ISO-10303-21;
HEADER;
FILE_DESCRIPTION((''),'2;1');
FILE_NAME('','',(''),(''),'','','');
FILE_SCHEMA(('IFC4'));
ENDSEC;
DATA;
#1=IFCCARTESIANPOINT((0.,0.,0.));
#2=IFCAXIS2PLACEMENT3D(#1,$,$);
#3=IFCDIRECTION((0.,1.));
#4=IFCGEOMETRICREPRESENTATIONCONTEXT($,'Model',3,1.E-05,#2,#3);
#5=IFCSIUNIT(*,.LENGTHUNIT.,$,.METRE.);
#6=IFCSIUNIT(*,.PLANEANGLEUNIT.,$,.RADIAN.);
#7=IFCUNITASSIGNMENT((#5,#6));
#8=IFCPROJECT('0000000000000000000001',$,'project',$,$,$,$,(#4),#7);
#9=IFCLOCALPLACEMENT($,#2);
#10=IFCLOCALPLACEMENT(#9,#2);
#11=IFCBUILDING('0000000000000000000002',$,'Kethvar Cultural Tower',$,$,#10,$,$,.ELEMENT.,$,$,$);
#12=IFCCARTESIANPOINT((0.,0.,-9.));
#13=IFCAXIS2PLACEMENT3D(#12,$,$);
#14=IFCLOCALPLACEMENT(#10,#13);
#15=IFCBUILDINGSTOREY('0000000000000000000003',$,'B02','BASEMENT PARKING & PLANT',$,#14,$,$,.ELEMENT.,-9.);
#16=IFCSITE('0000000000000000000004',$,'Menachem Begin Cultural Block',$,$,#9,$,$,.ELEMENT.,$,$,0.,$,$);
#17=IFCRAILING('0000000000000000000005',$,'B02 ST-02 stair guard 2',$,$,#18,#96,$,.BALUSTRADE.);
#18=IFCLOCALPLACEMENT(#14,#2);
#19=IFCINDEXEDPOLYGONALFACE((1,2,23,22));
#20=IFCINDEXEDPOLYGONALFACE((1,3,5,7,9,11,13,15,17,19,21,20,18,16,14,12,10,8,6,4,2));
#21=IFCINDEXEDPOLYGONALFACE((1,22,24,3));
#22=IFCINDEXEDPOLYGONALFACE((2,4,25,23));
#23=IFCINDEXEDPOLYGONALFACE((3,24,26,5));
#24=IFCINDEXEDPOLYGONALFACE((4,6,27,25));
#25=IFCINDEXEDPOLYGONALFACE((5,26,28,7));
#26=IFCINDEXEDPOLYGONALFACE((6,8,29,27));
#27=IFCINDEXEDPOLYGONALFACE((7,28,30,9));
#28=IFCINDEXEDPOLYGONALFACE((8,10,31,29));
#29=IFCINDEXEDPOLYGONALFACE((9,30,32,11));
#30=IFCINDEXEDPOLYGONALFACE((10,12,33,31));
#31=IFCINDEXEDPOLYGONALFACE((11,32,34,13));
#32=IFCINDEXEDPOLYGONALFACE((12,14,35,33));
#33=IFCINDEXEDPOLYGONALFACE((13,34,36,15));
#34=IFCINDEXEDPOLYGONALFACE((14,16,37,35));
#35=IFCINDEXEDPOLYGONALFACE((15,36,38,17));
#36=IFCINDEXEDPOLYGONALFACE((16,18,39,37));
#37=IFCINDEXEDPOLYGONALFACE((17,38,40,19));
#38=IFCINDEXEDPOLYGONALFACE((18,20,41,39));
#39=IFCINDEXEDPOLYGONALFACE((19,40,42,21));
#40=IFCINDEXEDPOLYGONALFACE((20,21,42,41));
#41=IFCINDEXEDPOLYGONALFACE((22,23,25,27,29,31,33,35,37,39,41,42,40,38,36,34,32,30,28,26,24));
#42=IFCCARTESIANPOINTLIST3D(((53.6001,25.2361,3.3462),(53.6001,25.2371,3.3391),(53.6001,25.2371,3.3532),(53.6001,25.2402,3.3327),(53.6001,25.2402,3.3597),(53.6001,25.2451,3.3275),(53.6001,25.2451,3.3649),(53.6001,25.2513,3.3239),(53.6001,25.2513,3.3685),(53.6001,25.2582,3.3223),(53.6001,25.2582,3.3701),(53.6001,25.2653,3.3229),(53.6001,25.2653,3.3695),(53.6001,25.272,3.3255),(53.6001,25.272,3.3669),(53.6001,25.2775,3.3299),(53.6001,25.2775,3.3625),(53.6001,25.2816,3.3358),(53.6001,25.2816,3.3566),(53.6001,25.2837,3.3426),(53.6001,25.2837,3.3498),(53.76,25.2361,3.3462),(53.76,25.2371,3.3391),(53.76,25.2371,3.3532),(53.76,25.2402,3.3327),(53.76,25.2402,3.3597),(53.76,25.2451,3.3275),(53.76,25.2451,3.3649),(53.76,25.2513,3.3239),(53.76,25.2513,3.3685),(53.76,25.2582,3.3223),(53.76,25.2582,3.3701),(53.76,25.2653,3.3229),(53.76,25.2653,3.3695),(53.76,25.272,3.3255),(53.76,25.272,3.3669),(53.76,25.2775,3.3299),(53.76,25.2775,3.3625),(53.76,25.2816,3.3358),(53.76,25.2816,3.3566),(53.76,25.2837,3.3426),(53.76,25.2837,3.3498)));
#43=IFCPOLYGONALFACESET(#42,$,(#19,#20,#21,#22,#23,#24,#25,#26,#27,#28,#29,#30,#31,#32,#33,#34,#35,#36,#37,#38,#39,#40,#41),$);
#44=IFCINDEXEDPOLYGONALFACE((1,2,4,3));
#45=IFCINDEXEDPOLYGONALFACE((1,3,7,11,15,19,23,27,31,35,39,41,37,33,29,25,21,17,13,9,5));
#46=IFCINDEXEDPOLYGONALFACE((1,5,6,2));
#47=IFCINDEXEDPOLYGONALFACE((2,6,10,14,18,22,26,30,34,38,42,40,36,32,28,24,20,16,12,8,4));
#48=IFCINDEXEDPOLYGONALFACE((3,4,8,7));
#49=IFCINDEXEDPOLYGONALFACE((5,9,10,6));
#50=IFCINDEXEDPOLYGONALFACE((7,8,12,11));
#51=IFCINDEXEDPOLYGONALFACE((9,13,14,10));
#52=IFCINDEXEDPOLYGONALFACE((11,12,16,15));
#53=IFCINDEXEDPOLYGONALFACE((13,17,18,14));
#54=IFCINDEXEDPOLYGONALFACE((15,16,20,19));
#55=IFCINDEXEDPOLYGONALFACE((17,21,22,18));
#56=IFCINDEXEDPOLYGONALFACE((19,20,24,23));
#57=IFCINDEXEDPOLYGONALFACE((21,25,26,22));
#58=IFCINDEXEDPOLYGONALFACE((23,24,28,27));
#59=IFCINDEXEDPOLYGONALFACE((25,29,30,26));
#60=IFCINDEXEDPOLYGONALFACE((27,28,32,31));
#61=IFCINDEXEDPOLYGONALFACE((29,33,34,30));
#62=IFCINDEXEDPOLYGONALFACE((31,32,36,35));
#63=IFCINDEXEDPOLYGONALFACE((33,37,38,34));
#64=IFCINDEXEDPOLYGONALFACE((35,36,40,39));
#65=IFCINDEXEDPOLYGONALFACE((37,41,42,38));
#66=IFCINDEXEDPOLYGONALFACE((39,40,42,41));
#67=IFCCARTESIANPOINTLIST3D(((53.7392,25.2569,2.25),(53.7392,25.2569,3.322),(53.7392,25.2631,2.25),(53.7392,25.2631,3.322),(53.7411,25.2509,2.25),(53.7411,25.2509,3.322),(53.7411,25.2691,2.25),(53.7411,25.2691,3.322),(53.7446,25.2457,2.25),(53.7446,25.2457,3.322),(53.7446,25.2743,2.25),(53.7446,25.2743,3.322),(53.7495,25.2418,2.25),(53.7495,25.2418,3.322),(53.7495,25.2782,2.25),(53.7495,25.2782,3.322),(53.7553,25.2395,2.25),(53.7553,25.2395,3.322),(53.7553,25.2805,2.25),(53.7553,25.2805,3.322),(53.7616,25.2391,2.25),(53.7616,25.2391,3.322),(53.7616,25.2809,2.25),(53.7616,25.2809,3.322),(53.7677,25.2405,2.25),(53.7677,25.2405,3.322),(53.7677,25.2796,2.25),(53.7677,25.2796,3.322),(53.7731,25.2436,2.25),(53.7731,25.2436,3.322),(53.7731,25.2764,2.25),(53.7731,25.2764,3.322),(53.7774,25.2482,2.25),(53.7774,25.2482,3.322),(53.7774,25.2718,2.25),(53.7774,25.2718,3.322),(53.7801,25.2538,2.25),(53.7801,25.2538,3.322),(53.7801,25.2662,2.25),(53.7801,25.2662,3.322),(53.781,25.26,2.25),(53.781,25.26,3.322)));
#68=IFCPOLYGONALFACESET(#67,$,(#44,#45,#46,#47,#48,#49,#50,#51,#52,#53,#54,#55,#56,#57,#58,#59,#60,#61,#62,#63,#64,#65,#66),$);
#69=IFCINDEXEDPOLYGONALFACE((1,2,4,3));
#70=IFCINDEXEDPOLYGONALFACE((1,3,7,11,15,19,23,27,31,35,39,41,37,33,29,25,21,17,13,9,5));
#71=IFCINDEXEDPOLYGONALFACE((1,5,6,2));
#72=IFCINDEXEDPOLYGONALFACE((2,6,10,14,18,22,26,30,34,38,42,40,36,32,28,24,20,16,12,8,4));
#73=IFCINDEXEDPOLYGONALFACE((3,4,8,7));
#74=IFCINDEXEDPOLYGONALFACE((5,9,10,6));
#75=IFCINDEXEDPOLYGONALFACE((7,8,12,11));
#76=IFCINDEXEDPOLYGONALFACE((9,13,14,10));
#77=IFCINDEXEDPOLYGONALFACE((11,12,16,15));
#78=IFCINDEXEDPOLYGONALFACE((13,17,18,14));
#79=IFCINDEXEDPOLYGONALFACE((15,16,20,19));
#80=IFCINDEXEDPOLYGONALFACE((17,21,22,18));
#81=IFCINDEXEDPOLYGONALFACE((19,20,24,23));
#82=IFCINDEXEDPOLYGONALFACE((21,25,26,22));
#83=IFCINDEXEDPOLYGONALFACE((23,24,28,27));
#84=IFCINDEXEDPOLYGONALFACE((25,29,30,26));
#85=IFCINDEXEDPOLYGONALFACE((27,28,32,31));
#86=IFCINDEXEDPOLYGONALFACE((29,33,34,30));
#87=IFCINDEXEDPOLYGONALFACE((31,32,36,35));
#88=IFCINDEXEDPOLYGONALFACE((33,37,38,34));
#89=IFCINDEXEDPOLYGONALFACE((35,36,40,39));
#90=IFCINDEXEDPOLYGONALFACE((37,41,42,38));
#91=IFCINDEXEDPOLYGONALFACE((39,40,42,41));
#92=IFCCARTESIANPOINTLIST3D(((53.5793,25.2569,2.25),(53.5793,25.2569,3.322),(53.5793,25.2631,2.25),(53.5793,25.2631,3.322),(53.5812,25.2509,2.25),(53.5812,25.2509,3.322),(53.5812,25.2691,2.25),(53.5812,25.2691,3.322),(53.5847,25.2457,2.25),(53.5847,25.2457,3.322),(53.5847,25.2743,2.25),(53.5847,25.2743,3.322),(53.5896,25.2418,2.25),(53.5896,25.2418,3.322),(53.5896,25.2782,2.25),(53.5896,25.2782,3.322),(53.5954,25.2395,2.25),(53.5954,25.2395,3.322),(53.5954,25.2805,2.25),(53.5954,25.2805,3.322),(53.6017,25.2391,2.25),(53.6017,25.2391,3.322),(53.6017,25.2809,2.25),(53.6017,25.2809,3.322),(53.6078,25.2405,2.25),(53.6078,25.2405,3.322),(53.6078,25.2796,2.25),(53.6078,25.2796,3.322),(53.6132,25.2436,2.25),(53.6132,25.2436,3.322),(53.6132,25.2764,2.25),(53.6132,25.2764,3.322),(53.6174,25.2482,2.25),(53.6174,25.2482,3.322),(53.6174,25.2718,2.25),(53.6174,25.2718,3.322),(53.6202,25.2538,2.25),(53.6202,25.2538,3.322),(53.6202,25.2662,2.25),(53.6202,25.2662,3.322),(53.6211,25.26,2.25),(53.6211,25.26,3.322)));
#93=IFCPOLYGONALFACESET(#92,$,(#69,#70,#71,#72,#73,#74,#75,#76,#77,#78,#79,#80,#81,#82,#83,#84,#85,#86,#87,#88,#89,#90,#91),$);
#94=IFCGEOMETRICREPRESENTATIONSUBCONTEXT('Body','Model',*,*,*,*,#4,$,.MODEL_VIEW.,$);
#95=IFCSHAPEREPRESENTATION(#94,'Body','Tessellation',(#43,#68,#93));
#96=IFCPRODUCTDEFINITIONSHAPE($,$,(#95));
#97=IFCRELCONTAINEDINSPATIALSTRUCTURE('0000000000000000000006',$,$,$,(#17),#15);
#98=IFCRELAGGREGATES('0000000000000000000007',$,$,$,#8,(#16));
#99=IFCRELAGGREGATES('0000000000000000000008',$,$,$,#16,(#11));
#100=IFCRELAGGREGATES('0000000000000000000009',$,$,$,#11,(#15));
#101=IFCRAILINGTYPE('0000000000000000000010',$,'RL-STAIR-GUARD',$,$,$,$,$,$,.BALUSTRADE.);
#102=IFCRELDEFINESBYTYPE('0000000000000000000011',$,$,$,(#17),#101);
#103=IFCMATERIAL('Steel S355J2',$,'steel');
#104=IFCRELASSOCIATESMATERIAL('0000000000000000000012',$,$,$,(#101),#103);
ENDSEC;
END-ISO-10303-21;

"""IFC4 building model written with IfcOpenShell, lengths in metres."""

from ifc_helpers import new_model, si_unit, direction, frame, origin, origin_2d, place, context, subcontext, project, spatial, circle, extrude, material, type_object, element, save


model = new_model("IFC4")

# Units and contexts
model_context = context("Model", 3, precision=1e-05, world=origin(), true_north=direction((0.0, 1.0)))
body_context = subcontext(model_context, "Body", "Model", "MODEL_VIEW")
ifc_project = project(units=[si_unit("LENGTHUNIT", "METRE"), si_unit("PLANEANGLEUNIT", "RADIAN")], contexts=[model_context])

# Site, building, storey
site_placement = place(None, origin())
site = spatial("IfcSite", under=ifc_project, at=site_placement, Name="Menachem Begin Cultural Block", CompositionType="ELEMENT", RefElevation=0.0)
building_placement = place(site_placement, origin())
building = spatial("IfcBuilding", under=site, at=building_placement, Name="Kethvar Cultural Tower", CompositionType="ELEMENT")
storey_placement = place(building_placement, frame((0.0, 0.0, -9.0)))
storey = spatial("IfcBuildingStorey", under=building, at=storey_placement, Name="B02", Description="BASEMENT PARKING & PLANT", CompositionType="ELEMENT", Elevation=-9.0)

# Shared definitions
ifc_material_1 = material(Name="Steel S355J2", Category="steel")

# Railing
railing_type_1 = type_object("IfcRailingType", Name="RL-STAIR-GUARD", PredefinedType="BALUSTRADE", material=ifc_material_1)
railing_1_placement = place(storey_placement, frame((53.76, 25.26, 2.25)))
element("IfcRailing", 1, at=railing_1_placement, inside=storey, type_object=railing_type_1, Name="B02 ST-02 stair guard 2", PredefinedType="BALUSTRADE", context=body_context, shape_type="SweptSolid", body=[
    extrude(circle(Radius=0.0239, at=origin_2d()), frame((0.0, 0.0, 1.0962), z_axis=(-1.0, 0.0, 0.0), x_axis=(0.0, -1.0, 0.0)), (0.0, 0.0, 1.0), 0.1599),
    extrude(circle(Radius=0.021, at=origin_2d()), origin(), (0.0, 0.0, 1.0), 1.072),
    extrude(circle(Radius=0.021, at=origin_2d()), frame((-0.1599, 0.0, 0.0)), (0.0, 0.0, 1.0), 1.072),
])

save(model, "model.ifc")
